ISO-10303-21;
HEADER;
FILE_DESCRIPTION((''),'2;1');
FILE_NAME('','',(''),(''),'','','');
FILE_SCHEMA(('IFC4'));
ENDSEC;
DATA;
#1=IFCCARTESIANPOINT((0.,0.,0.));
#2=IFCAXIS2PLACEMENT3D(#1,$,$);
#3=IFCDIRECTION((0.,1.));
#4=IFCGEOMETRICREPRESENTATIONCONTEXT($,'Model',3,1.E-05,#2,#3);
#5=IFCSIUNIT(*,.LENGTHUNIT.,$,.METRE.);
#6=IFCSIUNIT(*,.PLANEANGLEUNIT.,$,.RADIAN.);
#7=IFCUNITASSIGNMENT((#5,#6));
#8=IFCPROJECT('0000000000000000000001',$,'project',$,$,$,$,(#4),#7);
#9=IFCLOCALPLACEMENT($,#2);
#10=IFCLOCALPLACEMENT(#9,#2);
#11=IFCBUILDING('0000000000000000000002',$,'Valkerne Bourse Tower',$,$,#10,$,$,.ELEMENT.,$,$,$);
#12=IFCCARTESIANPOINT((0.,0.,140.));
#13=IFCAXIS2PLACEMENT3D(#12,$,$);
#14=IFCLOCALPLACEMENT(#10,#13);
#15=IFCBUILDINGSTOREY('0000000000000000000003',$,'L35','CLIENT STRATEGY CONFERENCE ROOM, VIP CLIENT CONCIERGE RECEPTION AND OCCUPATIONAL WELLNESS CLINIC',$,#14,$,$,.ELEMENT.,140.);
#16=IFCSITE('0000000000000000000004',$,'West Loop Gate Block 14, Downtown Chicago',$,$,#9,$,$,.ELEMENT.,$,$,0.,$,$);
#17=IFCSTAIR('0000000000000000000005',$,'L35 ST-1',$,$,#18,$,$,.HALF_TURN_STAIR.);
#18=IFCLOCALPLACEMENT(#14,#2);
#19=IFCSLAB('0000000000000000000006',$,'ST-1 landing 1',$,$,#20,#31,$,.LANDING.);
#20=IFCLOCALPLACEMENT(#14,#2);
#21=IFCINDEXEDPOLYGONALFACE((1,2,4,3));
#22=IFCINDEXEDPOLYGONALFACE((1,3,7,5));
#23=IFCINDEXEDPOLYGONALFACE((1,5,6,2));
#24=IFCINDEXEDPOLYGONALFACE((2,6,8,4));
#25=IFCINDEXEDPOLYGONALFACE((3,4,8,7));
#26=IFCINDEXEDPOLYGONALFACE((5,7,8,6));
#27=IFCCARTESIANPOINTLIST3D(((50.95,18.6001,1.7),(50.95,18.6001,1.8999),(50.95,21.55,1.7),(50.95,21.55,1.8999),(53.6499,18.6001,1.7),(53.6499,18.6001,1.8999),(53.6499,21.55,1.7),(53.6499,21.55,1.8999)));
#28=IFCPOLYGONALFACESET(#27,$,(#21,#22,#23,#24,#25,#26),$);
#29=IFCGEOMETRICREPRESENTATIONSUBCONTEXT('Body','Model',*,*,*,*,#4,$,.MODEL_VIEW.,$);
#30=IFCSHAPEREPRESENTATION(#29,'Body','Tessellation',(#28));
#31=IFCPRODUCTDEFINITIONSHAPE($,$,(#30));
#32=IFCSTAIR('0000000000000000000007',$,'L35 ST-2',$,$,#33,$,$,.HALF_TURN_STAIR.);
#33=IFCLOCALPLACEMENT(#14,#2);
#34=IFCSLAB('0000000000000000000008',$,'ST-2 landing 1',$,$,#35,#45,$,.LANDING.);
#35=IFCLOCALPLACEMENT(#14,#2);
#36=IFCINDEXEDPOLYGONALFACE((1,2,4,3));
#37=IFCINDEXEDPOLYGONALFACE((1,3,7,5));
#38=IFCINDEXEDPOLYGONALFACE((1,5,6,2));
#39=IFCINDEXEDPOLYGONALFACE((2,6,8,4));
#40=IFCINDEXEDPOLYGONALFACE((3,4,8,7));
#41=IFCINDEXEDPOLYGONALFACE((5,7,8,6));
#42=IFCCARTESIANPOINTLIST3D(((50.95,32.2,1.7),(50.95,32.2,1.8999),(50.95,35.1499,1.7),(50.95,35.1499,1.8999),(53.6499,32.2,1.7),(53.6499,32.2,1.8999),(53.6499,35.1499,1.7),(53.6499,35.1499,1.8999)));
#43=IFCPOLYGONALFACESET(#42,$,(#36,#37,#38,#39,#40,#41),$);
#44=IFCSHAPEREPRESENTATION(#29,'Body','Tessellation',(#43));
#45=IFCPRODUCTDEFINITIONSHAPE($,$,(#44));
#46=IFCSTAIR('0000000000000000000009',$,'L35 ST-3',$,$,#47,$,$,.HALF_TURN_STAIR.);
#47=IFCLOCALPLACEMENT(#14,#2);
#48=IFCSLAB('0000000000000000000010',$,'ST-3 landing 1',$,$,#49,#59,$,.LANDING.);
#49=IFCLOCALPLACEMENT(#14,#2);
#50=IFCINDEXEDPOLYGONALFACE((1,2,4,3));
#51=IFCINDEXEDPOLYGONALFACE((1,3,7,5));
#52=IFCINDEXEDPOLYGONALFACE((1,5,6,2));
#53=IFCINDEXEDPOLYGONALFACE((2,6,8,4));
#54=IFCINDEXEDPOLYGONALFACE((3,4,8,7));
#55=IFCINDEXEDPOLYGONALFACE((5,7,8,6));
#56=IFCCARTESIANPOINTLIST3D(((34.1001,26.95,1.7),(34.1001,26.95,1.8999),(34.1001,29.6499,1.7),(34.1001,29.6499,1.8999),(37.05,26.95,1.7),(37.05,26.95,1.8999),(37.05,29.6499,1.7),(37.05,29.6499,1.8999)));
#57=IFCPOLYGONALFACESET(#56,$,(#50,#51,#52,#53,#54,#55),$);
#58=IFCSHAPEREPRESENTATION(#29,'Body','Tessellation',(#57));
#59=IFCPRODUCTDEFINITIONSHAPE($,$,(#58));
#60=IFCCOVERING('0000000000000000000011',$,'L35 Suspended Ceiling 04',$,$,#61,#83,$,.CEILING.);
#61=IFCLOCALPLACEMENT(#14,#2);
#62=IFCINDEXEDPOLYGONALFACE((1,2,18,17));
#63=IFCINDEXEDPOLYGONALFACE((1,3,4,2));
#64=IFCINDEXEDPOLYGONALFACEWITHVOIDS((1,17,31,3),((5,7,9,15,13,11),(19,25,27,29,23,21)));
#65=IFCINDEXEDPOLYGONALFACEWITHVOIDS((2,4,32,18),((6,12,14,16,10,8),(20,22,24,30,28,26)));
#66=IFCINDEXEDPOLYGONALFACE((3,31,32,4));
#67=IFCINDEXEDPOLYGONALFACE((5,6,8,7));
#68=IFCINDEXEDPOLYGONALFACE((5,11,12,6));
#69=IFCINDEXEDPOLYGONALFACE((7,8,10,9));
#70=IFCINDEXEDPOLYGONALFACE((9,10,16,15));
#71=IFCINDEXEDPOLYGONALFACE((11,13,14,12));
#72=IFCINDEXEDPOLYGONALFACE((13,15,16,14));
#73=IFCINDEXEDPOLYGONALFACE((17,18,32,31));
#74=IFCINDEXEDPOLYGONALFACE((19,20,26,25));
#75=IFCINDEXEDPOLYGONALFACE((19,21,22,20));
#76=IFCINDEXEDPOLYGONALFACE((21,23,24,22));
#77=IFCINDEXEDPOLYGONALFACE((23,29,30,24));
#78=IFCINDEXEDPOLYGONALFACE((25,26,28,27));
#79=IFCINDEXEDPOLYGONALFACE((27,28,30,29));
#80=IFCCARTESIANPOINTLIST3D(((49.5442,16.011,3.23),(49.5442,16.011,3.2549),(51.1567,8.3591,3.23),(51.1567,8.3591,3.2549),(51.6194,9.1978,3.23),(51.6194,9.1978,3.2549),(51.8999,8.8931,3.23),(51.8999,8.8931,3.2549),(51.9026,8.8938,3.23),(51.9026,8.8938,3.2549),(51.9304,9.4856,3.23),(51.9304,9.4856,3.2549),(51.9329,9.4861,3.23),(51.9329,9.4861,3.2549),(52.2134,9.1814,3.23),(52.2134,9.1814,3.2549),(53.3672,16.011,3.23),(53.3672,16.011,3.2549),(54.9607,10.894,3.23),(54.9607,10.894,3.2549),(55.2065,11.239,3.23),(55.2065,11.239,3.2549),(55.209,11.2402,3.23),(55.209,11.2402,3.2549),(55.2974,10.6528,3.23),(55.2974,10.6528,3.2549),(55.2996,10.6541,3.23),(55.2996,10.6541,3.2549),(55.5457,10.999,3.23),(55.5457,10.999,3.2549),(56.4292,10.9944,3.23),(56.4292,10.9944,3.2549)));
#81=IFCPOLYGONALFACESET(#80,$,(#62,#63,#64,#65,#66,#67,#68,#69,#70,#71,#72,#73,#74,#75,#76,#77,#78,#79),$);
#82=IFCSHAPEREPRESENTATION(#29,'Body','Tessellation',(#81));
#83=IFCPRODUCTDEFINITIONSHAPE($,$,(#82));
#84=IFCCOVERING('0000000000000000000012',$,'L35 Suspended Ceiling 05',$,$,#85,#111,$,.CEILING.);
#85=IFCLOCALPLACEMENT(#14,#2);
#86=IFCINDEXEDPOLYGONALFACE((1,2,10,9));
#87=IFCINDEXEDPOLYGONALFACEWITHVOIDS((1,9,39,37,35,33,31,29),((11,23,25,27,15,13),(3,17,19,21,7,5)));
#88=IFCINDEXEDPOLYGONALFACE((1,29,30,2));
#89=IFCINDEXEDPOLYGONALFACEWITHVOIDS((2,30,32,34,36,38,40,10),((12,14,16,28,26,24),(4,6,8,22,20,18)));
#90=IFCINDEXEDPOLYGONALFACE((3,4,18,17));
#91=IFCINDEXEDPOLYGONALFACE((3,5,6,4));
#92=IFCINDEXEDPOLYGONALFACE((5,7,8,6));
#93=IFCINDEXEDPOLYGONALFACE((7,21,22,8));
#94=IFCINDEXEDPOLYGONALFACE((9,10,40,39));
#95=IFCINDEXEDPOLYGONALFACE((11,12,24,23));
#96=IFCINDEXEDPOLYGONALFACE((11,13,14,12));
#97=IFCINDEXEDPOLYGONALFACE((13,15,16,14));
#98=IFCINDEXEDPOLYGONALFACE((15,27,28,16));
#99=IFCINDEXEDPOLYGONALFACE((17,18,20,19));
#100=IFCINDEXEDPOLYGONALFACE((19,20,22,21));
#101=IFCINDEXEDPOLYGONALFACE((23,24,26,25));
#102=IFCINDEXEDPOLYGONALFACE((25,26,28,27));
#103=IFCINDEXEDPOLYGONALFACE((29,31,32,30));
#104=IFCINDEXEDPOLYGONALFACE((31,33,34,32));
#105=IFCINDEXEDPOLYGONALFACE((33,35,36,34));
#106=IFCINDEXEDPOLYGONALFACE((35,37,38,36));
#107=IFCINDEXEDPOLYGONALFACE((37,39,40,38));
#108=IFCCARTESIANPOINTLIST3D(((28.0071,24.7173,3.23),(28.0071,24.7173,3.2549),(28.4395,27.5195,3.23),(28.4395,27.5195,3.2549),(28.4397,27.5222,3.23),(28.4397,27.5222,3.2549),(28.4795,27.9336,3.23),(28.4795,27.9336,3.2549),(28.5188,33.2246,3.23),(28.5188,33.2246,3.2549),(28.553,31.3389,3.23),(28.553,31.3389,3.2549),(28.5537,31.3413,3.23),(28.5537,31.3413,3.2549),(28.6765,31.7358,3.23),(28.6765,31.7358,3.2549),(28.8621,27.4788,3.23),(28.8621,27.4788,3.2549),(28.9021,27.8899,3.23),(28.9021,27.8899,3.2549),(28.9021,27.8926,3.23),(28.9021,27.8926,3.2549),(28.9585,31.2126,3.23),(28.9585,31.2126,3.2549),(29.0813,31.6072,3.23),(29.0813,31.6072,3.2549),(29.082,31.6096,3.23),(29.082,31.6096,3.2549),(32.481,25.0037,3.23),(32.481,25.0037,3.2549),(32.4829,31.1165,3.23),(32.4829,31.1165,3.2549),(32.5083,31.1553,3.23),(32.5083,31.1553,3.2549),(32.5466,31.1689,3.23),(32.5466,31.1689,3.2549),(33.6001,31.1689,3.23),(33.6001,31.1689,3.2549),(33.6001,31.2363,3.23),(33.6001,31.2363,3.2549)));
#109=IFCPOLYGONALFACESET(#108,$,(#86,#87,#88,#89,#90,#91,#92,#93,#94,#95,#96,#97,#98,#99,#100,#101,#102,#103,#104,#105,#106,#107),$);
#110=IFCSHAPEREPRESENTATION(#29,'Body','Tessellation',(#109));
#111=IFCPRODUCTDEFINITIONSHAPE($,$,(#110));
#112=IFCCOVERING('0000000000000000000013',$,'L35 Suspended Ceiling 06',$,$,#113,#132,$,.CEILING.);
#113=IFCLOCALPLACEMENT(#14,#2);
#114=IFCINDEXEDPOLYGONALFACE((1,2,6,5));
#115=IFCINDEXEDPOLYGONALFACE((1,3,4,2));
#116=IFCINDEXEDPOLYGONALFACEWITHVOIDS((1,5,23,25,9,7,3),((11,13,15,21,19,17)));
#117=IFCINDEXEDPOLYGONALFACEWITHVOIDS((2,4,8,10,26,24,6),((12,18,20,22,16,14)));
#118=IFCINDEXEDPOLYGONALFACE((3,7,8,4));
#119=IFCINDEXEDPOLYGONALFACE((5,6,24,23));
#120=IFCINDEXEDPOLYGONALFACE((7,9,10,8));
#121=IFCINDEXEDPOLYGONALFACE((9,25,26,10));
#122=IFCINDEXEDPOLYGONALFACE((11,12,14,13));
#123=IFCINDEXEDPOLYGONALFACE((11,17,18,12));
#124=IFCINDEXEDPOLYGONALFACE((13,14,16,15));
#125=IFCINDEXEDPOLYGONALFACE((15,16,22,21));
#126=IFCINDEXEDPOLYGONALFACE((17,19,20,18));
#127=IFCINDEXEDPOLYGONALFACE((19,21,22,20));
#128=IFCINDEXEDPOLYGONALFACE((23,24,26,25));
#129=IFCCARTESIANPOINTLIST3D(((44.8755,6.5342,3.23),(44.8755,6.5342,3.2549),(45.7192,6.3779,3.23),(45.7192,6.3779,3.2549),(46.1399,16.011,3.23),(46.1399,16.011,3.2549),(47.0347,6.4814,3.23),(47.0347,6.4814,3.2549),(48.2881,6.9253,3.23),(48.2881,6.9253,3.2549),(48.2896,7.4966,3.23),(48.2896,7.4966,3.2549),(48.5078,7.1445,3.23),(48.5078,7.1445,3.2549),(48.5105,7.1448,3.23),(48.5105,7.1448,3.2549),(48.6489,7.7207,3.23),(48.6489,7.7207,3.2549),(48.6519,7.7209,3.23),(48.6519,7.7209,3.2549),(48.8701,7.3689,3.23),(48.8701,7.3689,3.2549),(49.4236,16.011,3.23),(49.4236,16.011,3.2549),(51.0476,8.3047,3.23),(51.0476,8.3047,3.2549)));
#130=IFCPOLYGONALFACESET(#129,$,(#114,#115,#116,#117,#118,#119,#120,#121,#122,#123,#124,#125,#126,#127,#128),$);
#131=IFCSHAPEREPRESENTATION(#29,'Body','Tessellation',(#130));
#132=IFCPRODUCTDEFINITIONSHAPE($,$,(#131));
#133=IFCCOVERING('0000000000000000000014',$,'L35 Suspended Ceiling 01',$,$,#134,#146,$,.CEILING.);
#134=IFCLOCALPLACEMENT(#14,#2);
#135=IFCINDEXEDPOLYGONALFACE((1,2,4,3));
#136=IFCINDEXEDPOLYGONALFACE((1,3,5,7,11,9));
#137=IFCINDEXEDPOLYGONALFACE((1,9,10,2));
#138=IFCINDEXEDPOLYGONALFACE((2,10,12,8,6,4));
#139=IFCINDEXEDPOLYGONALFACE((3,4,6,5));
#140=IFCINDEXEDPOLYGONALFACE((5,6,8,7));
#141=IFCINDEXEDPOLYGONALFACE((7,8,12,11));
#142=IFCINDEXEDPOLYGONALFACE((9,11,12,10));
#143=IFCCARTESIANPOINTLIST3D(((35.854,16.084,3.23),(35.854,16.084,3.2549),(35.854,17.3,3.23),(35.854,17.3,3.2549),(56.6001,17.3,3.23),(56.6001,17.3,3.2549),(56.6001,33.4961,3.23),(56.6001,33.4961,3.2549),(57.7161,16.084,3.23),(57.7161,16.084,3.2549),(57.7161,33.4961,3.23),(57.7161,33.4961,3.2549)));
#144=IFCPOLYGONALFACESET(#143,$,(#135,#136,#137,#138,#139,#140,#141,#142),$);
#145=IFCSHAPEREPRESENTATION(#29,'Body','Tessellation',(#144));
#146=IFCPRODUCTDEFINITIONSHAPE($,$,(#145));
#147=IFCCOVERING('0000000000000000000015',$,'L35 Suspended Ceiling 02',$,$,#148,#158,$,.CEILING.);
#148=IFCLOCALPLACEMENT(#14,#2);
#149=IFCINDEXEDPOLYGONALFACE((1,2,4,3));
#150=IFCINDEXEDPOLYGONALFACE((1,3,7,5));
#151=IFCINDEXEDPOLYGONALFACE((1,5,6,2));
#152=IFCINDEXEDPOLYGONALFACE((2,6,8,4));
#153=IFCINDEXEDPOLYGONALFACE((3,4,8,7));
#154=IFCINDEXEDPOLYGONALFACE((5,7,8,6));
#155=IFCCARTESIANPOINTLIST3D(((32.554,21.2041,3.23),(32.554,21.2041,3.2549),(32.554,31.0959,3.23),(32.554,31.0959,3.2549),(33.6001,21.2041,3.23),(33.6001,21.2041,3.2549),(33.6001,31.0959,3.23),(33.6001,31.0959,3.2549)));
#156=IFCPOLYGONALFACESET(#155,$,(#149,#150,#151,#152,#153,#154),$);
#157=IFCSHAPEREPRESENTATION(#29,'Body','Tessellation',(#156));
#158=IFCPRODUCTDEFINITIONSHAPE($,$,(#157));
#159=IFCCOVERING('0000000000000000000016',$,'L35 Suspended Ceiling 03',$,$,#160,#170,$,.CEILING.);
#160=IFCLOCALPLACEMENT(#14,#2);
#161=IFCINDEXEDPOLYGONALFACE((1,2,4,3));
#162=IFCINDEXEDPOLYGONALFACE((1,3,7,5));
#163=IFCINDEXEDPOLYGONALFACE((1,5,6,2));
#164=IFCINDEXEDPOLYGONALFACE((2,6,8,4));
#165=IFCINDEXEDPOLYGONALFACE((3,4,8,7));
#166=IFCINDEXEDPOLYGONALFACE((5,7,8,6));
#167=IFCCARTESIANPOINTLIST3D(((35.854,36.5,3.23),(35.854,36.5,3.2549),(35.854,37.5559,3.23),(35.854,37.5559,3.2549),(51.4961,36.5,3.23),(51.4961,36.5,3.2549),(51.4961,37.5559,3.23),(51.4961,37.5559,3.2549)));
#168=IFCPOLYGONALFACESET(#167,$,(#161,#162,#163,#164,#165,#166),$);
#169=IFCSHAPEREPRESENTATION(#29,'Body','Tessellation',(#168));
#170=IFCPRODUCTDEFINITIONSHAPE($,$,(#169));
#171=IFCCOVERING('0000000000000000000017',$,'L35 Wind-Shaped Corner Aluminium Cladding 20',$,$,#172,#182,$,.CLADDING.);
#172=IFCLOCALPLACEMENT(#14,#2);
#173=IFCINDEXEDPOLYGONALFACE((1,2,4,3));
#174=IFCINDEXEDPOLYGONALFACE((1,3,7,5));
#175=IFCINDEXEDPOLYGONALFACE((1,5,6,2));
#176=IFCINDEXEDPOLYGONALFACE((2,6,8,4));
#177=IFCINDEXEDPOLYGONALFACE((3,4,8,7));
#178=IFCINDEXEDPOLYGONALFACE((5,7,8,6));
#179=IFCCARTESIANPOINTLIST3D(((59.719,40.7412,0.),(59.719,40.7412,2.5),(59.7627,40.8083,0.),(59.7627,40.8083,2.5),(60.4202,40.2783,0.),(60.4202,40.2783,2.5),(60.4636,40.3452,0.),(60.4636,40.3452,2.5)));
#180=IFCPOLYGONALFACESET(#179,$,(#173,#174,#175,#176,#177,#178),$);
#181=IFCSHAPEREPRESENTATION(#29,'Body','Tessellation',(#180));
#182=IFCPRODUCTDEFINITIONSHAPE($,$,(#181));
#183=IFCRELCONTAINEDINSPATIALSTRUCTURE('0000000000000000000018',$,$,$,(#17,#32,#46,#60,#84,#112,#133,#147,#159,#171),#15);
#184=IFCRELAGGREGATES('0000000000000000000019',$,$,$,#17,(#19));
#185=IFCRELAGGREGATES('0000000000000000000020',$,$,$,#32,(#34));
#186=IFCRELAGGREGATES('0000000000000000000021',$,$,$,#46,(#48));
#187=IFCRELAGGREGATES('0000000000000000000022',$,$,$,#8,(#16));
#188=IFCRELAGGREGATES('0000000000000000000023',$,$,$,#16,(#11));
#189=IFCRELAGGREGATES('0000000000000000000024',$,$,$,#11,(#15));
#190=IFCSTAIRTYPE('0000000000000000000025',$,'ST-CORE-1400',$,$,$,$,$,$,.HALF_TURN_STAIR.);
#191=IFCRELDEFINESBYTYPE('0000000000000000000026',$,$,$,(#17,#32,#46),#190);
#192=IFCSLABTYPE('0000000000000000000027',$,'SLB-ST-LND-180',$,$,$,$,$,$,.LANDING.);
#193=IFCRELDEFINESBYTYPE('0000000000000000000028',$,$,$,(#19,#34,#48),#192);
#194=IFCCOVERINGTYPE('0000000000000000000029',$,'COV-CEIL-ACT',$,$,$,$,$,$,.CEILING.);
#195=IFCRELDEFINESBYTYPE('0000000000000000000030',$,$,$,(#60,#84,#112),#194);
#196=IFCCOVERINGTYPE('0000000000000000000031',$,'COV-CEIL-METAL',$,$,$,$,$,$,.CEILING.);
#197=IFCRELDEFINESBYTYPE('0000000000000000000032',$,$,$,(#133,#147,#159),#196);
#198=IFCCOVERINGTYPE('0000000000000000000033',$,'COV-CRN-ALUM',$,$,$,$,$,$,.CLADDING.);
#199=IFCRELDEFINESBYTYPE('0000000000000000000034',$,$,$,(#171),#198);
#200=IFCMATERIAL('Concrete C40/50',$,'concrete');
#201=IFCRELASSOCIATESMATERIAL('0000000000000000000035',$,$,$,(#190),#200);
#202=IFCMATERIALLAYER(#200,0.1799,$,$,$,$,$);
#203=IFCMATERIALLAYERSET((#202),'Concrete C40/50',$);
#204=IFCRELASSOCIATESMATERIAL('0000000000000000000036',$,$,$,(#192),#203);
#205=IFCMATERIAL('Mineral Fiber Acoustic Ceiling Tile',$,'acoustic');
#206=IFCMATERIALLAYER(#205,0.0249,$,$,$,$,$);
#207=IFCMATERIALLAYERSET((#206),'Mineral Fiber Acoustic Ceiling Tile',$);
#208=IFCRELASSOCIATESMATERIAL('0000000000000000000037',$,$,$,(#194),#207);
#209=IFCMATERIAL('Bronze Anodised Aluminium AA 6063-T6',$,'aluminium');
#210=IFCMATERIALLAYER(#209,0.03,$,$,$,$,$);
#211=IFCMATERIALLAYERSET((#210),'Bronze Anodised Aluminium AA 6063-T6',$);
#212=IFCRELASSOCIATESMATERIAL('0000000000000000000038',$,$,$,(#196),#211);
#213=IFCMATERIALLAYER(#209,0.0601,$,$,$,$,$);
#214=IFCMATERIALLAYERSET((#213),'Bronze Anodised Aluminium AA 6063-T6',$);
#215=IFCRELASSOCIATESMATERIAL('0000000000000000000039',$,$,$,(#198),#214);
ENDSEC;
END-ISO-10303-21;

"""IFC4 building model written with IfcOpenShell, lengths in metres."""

from ifc_helpers import new_model, si_unit, direction, frame, origin, place, context, subcontext, project, spatial, polyline, outline, extrude, material, layer, layer_set, type_object, element, aggregate, save


model = new_model("IFC4")

# Units and contexts
model_context = context("Model", 3, precision=1e-05, world=origin(), true_north=direction((0.0, 1.0)))
body_context = subcontext(model_context, "Body", "Model", "MODEL_VIEW")
ifc_project = project(units=[si_unit("LENGTHUNIT", "METRE"), si_unit("PLANEANGLEUNIT", "RADIAN")], contexts=[model_context])

# Site, building, storey
site_placement = place(None, origin())
site = spatial("IfcSite", under=ifc_project, at=site_placement, Name="West Loop Gate Block 14, Downtown Chicago", CompositionType="ELEMENT", RefElevation=0.0)
building_placement = place(site_placement, origin())
building = spatial("IfcBuilding", under=site, at=building_placement, Name="Valkerne Bourse Tower", CompositionType="ELEMENT")
storey_placement = place(building_placement, frame((0.0, 0.0, 140.0)))
storey = spatial("IfcBuildingStorey", under=building, at=storey_placement, Name="L35", Description="CLIENT STRATEGY CONFERENCE ROOM, VIP CLIENT CONCIERGE RECEPTION AND OCCUPATIONAL WELLNESS CLINIC", CompositionType="ELEMENT", Elevation=140.0)

# Stairs, slabs
ifc_material_1 = material(Name="Concrete C40/50", Category="concrete")
stair_type = type_object("IfcStairType", Name="ST-CORE-1400", PredefinedType="HALF_TURN_STAIR", material=ifc_material_1)
stair_1_placement = place(storey_placement, origin())
stair_1 = element("IfcStair", 1, at=stair_1_placement, inside=storey, type_object=stair_type, Name="L35 ST-1", PredefinedType="HALF_TURN_STAIR")
ifc_layer_1 = layer(ifc_material_1, 0.1799)
ifc_layer_set_1 = layer_set([ifc_layer_1], Name="Concrete C40/50")
slab_type = type_object("IfcSlabType", Name="SLB-ST-LND-180", PredefinedType="LANDING", material=ifc_layer_set_1)
slab_1_placement = place(storey_placement, frame((0.0, 0.0, 1.7)))
slab_1 = element("IfcSlab", 2, at=slab_1_placement, type_object=slab_type, Name="ST-1 landing 1", PredefinedType="LANDING", context=body_context, shape_type="SweptSolid", body=[
    extrude(outline(polyline([(50.95, 18.6001), (53.6499, 18.6001), (53.6499, 21.55), (50.95, 21.55), (50.95, 18.6001)])), origin(), (0.0, 0.0, 1.0), 0.2),
])
aggregate(stair_1, [slab_1])
stair_2_placement = place(storey_placement, origin())
stair_2 = element("IfcStair", 3, at=stair_2_placement, inside=storey, type_object=stair_type, Name="L35 ST-2", PredefinedType="HALF_TURN_STAIR")
slab_2_placement = place(storey_placement, frame((0.0, 0.0, 1.7)))
slab_2 = element("IfcSlab", 4, at=slab_2_placement, type_object=slab_type, Name="ST-2 landing 1", PredefinedType="LANDING", context=body_context, shape_type="SweptSolid", body=[
    extrude(outline(polyline([(50.95, 32.2), (53.6499, 32.2), (53.6499, 35.1499), (50.95, 35.1499), (50.95, 32.2)])), origin(), (0.0, 0.0, 1.0), 0.2),
])
aggregate(stair_2, [slab_2])
stair_3_placement = place(storey_placement, origin())
stair_3 = element("IfcStair", 5, at=stair_3_placement, inside=storey, type_object=stair_type, Name="L35 ST-3", PredefinedType="HALF_TURN_STAIR")
slab_3_placement = place(storey_placement, frame((0.0, 0.0, 1.7)))
slab_3 = element("IfcSlab", 6, at=slab_3_placement, type_object=slab_type, Name="ST-3 landing 1", PredefinedType="LANDING", context=body_context, shape_type="SweptSolid", body=[
    extrude(outline(polyline([(37.05, 26.95), (37.05, 29.6499), (34.1001, 29.6499), (34.1001, 26.95), (37.05, 26.95)])), origin(), (0.0, 0.0, 1.0), 0.2),
])
aggregate(stair_3, [slab_3])

# Coverings
ifc_material_2 = material(Name="Mineral Fiber Acoustic Ceiling Tile", Category="acoustic")
ifc_layer_2 = layer(ifc_material_2, 0.0249)
ifc_layer_set_2 = layer_set([ifc_layer_2], Name="Mineral Fiber Acoustic Ceiling Tile")
covering_type_1 = type_object("IfcCoveringType", Name="COV-CEIL-ACT", PredefinedType="CEILING", material=ifc_layer_set_2)
covering_1_placement = place(storey_placement, frame((0.0, 0.0, 3.23)))
element("IfcCovering", 7, at=covering_1_placement, inside=storey, type_object=covering_type_1, Name="L35 Suspended Ceiling 04", PredefinedType="CEILING", context=body_context, shape_type="SweptSolid", body=[
    extrude(outline(polyline([(53.3672, 16.011), (56.4292, 10.9944), (51.1567, 8.3591), (49.5442, 16.011), (53.3672, 16.011)]), holes=[polyline([(52.2134, 9.1814), (51.9329, 9.4861), (51.9304, 9.4856), (51.6194, 9.1978), (51.8999, 8.8931), (51.9026, 8.8938), (52.2134, 9.1814)]), polyline([(55.2996, 10.6541), (55.5457, 10.999), (55.209, 11.2402), (55.2065, 11.239), (54.9607, 10.894), (55.2974, 10.6528), (55.2996, 10.6541)])]), origin(), (0.0, 0.0, 1.0), 0.0249),
])
covering_2_placement = place(storey_placement, frame((0.0, 0.0, 3.23)))
element("IfcCovering", 8, at=covering_2_placement, inside=storey, type_object=covering_type_1, Name="L35 Suspended Ceiling 05", PredefinedType="CEILING", context=body_context, shape_type="SweptSolid", body=[
    extrude(outline(polyline([(32.5466, 31.1689), (32.5083, 31.1553), (32.4829, 31.1165), (32.481, 25.0037), (28.0071, 24.7173), (28.5188, 33.2246), (33.6001, 31.2363), (33.6001, 31.1689), (32.5466, 31.1689)]), holes=[polyline([(28.9021, 27.8926), (28.4795, 27.9336), (28.4397, 27.5222), (28.4395, 27.5195), (28.8621, 27.4788), (28.9021, 27.8899), (28.9021, 27.8926)]), polyline([(29.0813, 31.6072), (29.082, 31.6096), (28.6765, 31.7358), (28.5537, 31.3413), (28.553, 31.3389), (28.9585, 31.2126), (29.0813, 31.6072)])]), origin(), (0.0, 0.0, 1.0), 0.0249),
])
covering_3_placement = place(storey_placement, frame((0.0, 0.0, 3.23)))
element("IfcCovering", 9, at=covering_3_placement, inside=storey, type_object=covering_type_1, Name="L35 Suspended Ceiling 06", PredefinedType="CEILING", context=body_context, shape_type="SweptSolid", body=[
    extrude(outline(polyline([(45.7192, 6.3779), (44.8755, 6.5342), (46.1399, 16.011), (49.4236, 16.011), (51.0476, 8.3047), (48.2881, 6.9253), (47.0347, 6.4814), (45.7192, 6.3779)]), holes=[polyline([(48.5105, 7.1448), (48.8701, 7.3689), (48.6519, 7.7209), (48.6489, 7.7207), (48.2896, 7.4966), (48.5078, 7.1445), (48.5105, 7.1448)])]), origin(), (0.0, 0.0, 1.0), 0.0249),
])
ifc_material_3 = material(Name="Bronze Anodised Aluminium AA 6063-T6", Category="aluminium")
ifc_layer_3 = layer(ifc_material_3, 0.03)
ifc_layer_set_3 = layer_set([ifc_layer_3], Name="Bronze Anodised Aluminium AA 6063-T6")
covering_type_2 = type_object("IfcCoveringType", Name="COV-CEIL-METAL", PredefinedType="CEILING", material=ifc_layer_set_3)
covering_4_placement = place(storey_placement, frame((0.0, 0.0, 3.23)))
element("IfcCovering", 10, at=covering_4_placement, inside=storey, type_object=covering_type_2, Name="L35 Suspended Ceiling 01", PredefinedType="CEILING", context=body_context, shape_type="SweptSolid", body=[
    extrude(outline(polyline([(35.854, 17.3), (56.6001, 17.3), (56.6001, 33.4961), (57.7161, 33.4961), (57.7161, 16.084), (35.854, 16.084), (35.854, 17.3)])), origin(), (0.0, 0.0, 1.0), 0.0249),
])
covering_5_placement = place(storey_placement, frame((0.0, 0.0, 3.23)))
element("IfcCovering", 11, at=covering_5_placement, inside=storey, type_object=covering_type_2, Name="L35 Suspended Ceiling 02", PredefinedType="CEILING", context=body_context, shape_type="SweptSolid", body=[
    extrude(outline(polyline([(32.554, 21.2041), (32.554, 31.0959), (33.6001, 31.0959), (33.6001, 21.2041), (32.554, 21.2041)])), origin(), (0.0, 0.0, 1.0), 0.0249),
])
covering_6_placement = place(storey_placement, frame((0.0, 0.0, 3.23)))
element("IfcCovering", 12, at=covering_6_placement, inside=storey, type_object=covering_type_2, Name="L35 Suspended Ceiling 03", PredefinedType="CEILING", context=body_context, shape_type="SweptSolid", body=[
    extrude(outline(polyline([(35.854, 37.5559), (51.4961, 37.5559), (51.4961, 36.5), (35.854, 36.5), (35.854, 37.5559)])), origin(), (0.0, 0.0, 1.0), 0.0249),
])
ifc_layer_4 = layer(ifc_material_3, 0.0601)
ifc_layer_set_4 = layer_set([ifc_layer_4], Name="Bronze Anodised Aluminium AA 6063-T6")
covering_type_3 = type_object("IfcCoveringType", Name="COV-CRN-ALUM", PredefinedType="CLADDING", material=ifc_layer_set_4)
covering_7_placement = place(storey_placement, origin())
element("IfcCovering", 13, at=covering_7_placement, inside=storey, type_object=covering_type_3, Name="L35 Wind-Shaped Corner Aluminium Cladding 20", PredefinedType="CLADDING", context=body_context, shape_type="SweptSolid", body=[
    extrude(outline(polyline([(60.4636, 40.3452), (60.4202, 40.2783), (59.719, 40.7412), (59.7627, 40.8083), (60.4636, 40.3452)])), origin(), (0.0, 0.0, 1.0), 2.5),
])

save(model, "model.ifc")
